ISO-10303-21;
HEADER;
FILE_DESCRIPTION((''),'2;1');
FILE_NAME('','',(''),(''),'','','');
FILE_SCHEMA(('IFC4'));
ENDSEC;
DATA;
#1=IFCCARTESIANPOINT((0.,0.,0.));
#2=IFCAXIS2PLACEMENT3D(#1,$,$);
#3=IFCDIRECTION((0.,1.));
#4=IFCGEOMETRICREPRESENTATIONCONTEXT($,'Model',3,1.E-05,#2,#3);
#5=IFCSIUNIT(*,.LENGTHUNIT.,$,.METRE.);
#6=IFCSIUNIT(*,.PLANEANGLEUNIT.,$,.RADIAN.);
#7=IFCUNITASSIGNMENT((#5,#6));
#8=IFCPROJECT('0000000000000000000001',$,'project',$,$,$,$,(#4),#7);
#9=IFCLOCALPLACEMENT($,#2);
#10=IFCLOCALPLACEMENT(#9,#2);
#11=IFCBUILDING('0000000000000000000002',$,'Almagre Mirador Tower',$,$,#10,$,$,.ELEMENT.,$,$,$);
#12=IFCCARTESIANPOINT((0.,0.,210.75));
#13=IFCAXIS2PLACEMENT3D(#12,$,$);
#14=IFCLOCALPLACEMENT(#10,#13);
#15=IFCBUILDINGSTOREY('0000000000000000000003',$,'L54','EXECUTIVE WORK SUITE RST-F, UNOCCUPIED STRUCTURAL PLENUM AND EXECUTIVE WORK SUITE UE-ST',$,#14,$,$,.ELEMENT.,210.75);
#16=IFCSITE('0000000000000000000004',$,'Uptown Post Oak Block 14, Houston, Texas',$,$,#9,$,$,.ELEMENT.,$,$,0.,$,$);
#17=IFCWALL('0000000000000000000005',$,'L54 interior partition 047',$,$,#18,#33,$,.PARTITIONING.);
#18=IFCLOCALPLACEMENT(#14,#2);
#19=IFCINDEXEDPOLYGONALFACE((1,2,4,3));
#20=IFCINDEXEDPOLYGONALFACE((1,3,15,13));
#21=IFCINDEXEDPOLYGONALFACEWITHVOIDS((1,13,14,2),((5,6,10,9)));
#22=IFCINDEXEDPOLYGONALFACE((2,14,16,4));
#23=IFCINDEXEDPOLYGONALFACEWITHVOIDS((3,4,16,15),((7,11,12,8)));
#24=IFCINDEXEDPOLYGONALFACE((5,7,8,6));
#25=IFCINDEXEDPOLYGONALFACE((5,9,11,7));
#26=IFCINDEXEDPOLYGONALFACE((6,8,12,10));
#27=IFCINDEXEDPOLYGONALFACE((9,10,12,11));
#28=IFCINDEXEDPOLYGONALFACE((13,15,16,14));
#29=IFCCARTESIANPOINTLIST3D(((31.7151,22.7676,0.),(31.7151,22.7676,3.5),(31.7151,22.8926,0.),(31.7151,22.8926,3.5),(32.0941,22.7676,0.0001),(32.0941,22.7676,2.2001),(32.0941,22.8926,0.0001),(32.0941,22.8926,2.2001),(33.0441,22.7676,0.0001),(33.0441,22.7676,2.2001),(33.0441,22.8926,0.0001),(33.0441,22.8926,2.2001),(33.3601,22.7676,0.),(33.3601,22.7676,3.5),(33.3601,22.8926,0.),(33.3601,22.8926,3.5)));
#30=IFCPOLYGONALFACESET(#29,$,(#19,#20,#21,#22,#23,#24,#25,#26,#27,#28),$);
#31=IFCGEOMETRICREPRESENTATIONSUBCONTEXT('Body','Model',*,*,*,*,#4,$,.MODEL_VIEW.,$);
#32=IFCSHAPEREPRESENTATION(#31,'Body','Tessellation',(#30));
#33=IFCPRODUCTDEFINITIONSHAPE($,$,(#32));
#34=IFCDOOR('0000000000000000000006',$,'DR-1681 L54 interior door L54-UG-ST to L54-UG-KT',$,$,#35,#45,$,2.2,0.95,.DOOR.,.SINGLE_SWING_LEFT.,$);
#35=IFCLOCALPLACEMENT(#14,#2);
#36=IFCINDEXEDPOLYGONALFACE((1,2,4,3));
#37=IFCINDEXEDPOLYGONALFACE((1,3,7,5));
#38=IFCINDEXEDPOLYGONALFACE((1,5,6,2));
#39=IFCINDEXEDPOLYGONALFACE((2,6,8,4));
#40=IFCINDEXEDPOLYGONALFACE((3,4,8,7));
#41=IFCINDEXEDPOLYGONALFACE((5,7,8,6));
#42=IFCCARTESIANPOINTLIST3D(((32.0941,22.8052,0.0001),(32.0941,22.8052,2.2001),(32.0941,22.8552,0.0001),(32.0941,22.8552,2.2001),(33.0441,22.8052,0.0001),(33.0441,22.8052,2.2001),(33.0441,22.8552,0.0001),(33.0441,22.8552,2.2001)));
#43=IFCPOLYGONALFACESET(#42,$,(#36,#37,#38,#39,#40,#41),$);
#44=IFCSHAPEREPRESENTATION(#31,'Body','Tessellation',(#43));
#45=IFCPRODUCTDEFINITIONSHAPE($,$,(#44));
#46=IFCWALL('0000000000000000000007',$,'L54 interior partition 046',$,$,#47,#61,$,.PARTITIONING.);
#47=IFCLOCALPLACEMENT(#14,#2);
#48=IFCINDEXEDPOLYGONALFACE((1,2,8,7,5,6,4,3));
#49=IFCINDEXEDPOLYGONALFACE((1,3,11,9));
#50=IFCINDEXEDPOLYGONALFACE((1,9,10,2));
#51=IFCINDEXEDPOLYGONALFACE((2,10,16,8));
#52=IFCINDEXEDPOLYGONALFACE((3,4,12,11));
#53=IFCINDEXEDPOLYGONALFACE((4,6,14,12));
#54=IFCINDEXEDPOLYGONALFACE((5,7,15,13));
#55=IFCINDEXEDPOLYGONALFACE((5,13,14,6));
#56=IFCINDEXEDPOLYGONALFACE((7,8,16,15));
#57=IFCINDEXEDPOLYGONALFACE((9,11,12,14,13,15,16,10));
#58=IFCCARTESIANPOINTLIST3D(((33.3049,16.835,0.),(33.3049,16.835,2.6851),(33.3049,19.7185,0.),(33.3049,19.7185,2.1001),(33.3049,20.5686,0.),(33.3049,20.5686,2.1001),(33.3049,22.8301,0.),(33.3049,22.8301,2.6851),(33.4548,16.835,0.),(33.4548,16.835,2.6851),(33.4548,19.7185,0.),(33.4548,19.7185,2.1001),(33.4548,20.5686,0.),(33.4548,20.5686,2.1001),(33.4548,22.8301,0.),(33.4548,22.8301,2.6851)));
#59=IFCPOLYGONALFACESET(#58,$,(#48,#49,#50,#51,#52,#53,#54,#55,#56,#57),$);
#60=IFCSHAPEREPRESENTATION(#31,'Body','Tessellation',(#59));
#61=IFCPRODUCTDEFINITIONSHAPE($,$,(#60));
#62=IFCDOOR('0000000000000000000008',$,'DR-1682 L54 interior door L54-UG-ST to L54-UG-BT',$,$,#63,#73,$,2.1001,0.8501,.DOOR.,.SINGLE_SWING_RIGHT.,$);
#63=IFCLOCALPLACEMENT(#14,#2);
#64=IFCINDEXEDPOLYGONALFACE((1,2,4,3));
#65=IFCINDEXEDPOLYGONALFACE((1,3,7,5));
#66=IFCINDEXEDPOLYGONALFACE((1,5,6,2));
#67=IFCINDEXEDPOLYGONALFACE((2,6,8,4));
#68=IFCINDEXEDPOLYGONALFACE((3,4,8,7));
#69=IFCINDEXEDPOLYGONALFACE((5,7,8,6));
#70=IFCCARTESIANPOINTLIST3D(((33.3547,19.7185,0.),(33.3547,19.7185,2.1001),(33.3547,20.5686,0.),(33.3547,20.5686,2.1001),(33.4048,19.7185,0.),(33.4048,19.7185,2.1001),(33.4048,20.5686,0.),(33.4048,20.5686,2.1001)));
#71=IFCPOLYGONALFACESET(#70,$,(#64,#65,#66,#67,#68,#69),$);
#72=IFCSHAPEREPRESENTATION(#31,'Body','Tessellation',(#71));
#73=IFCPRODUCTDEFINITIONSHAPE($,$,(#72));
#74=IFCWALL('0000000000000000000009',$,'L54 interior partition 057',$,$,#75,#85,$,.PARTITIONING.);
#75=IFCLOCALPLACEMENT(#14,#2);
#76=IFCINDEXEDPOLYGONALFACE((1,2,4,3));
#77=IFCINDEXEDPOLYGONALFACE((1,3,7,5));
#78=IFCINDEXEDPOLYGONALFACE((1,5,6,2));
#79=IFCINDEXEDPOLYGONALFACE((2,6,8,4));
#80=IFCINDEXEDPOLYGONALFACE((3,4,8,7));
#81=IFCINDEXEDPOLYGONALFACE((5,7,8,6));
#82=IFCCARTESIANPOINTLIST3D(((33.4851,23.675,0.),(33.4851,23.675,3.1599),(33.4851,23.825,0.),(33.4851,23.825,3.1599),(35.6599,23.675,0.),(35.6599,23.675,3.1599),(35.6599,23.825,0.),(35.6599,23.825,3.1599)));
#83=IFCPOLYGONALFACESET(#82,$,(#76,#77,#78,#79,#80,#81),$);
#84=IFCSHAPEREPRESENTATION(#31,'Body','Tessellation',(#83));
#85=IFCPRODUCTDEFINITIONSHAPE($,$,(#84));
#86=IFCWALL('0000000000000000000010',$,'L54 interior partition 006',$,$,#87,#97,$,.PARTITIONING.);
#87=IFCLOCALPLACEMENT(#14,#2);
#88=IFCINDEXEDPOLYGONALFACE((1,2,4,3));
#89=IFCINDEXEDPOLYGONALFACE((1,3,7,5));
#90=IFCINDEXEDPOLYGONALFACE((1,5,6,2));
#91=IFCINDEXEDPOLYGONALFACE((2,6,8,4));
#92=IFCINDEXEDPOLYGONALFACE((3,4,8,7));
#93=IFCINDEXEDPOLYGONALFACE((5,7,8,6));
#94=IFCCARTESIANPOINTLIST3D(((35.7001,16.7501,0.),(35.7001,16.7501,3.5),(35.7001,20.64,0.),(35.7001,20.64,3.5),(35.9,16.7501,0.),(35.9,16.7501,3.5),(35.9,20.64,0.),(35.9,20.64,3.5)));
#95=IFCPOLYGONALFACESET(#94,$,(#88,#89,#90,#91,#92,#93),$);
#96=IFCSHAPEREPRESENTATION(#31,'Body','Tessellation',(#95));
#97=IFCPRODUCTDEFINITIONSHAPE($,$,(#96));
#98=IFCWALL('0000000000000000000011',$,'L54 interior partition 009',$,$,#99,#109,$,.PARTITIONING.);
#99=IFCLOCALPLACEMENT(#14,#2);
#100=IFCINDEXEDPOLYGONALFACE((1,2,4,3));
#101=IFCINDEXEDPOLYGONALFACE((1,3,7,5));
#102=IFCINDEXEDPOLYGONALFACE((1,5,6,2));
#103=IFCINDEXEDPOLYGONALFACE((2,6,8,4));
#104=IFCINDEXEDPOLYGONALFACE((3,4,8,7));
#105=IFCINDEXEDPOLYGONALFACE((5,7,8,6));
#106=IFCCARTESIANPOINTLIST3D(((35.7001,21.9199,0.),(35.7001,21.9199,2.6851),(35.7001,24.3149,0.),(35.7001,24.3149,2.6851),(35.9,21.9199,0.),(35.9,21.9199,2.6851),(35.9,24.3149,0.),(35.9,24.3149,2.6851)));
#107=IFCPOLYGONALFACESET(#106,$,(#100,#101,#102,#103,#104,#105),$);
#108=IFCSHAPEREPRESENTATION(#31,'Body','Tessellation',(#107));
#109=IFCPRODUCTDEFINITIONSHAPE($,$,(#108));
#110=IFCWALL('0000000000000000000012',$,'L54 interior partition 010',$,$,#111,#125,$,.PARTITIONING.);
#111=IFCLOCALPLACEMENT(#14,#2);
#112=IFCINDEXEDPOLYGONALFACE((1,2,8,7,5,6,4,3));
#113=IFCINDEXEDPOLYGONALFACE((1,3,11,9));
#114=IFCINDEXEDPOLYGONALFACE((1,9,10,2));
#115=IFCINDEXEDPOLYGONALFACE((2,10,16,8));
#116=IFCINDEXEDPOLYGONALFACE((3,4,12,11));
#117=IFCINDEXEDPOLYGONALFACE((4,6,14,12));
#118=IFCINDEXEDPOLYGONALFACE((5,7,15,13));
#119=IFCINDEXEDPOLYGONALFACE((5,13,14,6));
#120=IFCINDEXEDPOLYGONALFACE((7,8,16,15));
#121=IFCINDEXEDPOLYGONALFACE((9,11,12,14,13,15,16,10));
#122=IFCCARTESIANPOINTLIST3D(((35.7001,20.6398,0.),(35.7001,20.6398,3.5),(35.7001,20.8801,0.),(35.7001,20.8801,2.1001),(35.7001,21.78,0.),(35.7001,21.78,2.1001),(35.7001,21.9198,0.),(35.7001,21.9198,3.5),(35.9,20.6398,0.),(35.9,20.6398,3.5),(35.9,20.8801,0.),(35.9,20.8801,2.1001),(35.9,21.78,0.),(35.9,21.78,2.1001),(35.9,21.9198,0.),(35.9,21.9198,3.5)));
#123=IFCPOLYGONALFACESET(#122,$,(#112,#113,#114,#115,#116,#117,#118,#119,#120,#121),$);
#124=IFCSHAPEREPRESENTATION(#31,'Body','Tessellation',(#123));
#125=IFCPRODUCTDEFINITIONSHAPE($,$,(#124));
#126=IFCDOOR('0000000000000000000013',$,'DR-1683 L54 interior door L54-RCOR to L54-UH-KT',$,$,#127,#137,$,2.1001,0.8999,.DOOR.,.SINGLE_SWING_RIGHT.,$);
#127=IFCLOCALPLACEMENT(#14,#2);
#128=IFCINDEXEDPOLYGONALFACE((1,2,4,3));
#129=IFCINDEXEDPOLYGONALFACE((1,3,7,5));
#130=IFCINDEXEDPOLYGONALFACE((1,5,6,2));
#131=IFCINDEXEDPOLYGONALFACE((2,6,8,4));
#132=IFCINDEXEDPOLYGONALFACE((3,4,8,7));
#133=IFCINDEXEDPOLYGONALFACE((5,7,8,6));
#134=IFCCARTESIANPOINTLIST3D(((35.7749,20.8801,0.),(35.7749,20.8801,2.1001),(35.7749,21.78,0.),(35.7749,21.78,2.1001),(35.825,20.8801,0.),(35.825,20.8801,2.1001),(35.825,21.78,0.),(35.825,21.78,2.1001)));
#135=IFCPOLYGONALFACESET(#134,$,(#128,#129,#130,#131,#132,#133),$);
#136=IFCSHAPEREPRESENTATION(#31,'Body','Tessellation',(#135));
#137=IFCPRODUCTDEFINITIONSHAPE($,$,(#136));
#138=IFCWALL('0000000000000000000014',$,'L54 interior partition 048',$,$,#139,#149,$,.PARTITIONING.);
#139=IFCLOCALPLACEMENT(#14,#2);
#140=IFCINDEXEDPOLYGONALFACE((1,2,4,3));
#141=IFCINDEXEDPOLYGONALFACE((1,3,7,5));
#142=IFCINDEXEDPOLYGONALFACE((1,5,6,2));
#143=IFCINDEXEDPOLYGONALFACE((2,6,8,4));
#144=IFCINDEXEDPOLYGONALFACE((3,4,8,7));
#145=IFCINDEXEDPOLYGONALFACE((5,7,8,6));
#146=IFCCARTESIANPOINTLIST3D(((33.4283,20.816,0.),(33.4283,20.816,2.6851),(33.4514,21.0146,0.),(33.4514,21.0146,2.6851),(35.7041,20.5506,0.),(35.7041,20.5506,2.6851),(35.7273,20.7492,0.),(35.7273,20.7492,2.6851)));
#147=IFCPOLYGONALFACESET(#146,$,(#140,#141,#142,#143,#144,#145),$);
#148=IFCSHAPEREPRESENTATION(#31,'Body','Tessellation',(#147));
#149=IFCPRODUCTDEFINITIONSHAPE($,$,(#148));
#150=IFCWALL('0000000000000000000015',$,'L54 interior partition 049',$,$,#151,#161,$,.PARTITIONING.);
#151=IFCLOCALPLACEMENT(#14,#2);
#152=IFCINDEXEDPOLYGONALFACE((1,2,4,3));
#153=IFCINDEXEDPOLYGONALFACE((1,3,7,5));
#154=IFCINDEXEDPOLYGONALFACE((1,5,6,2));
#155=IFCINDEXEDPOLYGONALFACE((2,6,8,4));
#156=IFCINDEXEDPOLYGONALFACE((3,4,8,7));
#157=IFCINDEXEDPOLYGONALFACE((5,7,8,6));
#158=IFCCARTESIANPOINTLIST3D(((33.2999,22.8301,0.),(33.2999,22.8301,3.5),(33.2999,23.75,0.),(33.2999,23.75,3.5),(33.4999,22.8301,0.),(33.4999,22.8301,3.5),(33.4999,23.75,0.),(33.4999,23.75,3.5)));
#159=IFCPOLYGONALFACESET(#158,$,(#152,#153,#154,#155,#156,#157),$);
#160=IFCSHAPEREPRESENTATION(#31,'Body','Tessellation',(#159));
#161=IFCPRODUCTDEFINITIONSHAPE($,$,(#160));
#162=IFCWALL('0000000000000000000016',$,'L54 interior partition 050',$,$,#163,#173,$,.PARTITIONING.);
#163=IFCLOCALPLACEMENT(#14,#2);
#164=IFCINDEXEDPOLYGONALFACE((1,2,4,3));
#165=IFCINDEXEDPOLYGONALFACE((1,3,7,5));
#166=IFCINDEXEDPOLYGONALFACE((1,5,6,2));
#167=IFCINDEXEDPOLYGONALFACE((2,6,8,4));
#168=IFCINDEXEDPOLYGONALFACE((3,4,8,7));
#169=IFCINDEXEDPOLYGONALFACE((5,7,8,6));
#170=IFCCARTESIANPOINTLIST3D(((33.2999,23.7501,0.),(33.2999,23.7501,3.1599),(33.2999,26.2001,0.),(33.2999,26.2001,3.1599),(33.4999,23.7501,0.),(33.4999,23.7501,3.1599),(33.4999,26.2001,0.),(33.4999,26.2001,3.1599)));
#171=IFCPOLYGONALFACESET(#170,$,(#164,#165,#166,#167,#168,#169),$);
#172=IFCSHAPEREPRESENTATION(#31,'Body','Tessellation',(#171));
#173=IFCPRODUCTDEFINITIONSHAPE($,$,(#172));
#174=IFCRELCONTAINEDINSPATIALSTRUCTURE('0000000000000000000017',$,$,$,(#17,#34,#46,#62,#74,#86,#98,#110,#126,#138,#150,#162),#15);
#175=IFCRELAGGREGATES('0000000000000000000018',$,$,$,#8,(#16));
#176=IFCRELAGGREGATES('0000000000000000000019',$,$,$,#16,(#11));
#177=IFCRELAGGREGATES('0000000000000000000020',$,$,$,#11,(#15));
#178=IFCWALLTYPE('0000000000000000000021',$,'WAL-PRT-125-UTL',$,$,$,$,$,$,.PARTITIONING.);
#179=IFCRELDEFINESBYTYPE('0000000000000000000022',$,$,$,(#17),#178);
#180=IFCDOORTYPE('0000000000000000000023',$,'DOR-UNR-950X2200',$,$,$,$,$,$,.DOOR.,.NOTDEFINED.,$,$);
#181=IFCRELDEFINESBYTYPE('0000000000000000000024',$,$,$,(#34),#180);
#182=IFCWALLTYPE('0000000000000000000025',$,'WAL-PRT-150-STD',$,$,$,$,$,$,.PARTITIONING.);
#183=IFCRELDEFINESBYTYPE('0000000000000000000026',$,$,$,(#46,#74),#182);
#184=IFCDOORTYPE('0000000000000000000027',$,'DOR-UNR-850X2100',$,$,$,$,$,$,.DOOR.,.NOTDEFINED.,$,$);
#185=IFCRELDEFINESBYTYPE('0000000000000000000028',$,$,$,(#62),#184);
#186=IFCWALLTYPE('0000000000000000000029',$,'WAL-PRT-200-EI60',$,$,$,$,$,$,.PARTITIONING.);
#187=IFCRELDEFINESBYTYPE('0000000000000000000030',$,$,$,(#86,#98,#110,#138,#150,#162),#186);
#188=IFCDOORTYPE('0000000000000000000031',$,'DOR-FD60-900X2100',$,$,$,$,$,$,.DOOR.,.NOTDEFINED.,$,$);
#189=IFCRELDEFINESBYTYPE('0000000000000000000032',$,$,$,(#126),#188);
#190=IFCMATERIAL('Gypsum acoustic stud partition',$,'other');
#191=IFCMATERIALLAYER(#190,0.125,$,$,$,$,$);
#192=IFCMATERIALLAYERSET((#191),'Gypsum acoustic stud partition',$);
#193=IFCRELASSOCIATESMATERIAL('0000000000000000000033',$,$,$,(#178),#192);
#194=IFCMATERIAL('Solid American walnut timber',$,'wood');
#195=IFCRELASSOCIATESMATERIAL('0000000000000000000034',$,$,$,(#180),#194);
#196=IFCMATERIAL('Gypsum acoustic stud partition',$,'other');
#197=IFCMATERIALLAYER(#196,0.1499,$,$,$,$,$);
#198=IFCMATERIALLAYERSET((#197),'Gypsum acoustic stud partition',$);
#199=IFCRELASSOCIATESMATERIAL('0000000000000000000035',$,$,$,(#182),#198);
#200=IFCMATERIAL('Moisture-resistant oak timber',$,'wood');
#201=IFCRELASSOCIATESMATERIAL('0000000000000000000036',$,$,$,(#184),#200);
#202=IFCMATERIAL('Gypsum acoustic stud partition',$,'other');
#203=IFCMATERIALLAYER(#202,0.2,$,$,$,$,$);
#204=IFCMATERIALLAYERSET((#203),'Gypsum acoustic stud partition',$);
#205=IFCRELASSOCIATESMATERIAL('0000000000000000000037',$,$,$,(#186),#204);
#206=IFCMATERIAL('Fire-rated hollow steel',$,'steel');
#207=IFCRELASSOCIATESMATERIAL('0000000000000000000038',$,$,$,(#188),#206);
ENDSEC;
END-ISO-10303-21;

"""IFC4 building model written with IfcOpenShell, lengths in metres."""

from ifc_helpers import new_model, si_unit, direction, frame, frame_2d, origin, place, context, subcontext, project, spatial, rectangle, extrude, material, layer, layer_set, type_object, element, fill, save


model = new_model("IFC4")

# Units and contexts
model_context = context("Model", 3, precision=1e-05, world=origin(), true_north=direction((0.0, 1.0)))
body_context = subcontext(model_context, "Body", "Model", "MODEL_VIEW")
ifc_project = project(units=[si_unit("LENGTHUNIT", "METRE"), si_unit("PLANEANGLEUNIT", "RADIAN")], contexts=[model_context])

# Site, building, storey
site_placement = place(None, origin())
site = spatial("IfcSite", under=ifc_project, at=site_placement, Name="Uptown Post Oak Block 14, Houston, Texas", CompositionType="ELEMENT", RefElevation=0.0)
building_placement = place(site_placement, origin())
building = spatial("IfcBuilding", under=site, at=building_placement, Name="Almagre Mirador Tower", CompositionType="ELEMENT")
storey_placement = place(building_placement, frame((0.0, 0.0, 210.75)))
storey = spatial("IfcBuildingStorey", under=building, at=storey_placement, Name="L54", Description="EXECUTIVE WORK SUITE RST-F, UNOCCUPIED STRUCTURAL PLENUM AND EXECUTIVE WORK SUITE UE-ST", CompositionType="ELEMENT", Elevation=210.75)

# Walls, openings, doors
ifc_material_1 = material(Name="Gypsum acoustic stud partition", Category="other")
ifc_layer_1 = layer(ifc_material_1, 0.125)
ifc_layer_set_1 = layer_set([ifc_layer_1], Name="Gypsum acoustic stud partition")
wall_type_1 = type_object("IfcWallType", Name="WAL-PRT-125-UTL", PredefinedType="PARTITIONING", material=ifc_layer_set_1)
wall_1_placement = place(storey_placement, frame((33.3601, 22.8301, 0.0), z_axis=(0.0, 0.0, 1.0), x_axis=(-1.0, 0.0, 0.0)))
wall_1 = element("IfcWall", 1, at=wall_1_placement, inside=storey, type_object=wall_type_1, Name="L54 interior partition 047", PredefinedType="PARTITIONING", context=body_context, shape_type="SweptSolid", body=[
    extrude(rectangle(XDim=1.645, YDim=0.125, at=frame_2d((0.8225, 0.0))), origin(), (0.0, 0.0, 1.0), 3.5),
])
opening_1_placement = place(wall_1_placement, frame((0.3159, 0.0, 0.0)))
opening_1 = element("IfcOpeningElement", 2, at=opening_1_placement, cuts=wall_1, PredefinedType="OPENING", context=body_context, shape_type="SweptSolid", body=[
    extrude(rectangle(XDim=0.95, YDim=2.2, at=frame_2d((0.4751, 1.1001))), frame((0.0, 0.0725, 0.0), z_axis=(0.0, -1.0, 0.0), x_axis=(1.0, 0.0, 0.0)), (0.0, 0.0, 1.0), 0.145),
])
ifc_material_2 = material(Name="Solid American walnut timber", Category="wood")
door_type_1 = type_object("IfcDoorType", Name="DOR-UNR-950X2200", OperationType="NOTDEFINED", PredefinedType="DOOR", material=ifc_material_2)
door_1_placement = place(opening_1_placement, origin())
door_1 = element("IfcDoor", 3, at=door_1_placement, inside=storey, type_object=door_type_1, Name="DR-1681 L54 interior door L54-UG-ST to L54-UG-KT", OperationType="SINGLE_SWING_LEFT", OverallHeight=2.2, OverallWidth=0.95, PredefinedType="DOOR", context=body_context, shape_type="SweptSolid", body=[
    extrude(rectangle(XDim=0.95, YDim=2.2, at=frame_2d((0.4751, 1.1001))), frame((0.0, 0.0249, 0.0), z_axis=(0.0, -1.0, 0.0), x_axis=(1.0, 0.0, 0.0)), (0.0, 0.0, 1.0), 0.05),
])
fill(opening_1, door_1)
ifc_material_3 = material(Name="Gypsum acoustic stud partition", Category="other")
ifc_layer_2 = layer(ifc_material_3, 0.1499)
ifc_layer_set_2 = layer_set([ifc_layer_2], Name="Gypsum acoustic stud partition")
wall_type_2 = type_object("IfcWallType", Name="WAL-PRT-150-STD", PredefinedType="PARTITIONING", material=ifc_layer_set_2)
wall_2_placement = place(storey_placement, frame((33.3799, 22.8301, 0.0), z_axis=(0.0, 0.0, 1.0), x_axis=(0.0, -1.0, 0.0)))
wall_2 = element("IfcWall", 4, at=wall_2_placement, inside=storey, type_object=wall_type_2, Name="L54 interior partition 046", PredefinedType="PARTITIONING", context=body_context, shape_type="SweptSolid", body=[
    extrude(rectangle(XDim=5.9951, YDim=0.1499, at=frame_2d((2.9976, 0.0))), origin(), (0.0, 0.0, 1.0), 2.6851),
])
opening_2_placement = place(wall_2_placement, frame((2.2615, 0.0, 0.0)))
opening_2 = element("IfcOpeningElement", 5, at=opening_2_placement, cuts=wall_2, PredefinedType="OPENING", context=body_context, shape_type="SweptSolid", body=[
    extrude(rectangle(XDim=0.8501, YDim=2.1001, at=frame_2d((0.425, 1.05))), frame((0.0, 0.085, 0.0), z_axis=(0.0, -1.0, 0.0), x_axis=(1.0, 0.0, 0.0)), (0.0, 0.0, 1.0), 0.1699),
])
ifc_material_4 = material(Name="Moisture-resistant oak timber", Category="wood")
door_type_2 = type_object("IfcDoorType", Name="DOR-UNR-850X2100", OperationType="NOTDEFINED", PredefinedType="DOOR", material=ifc_material_4)
door_2_placement = place(opening_2_placement, origin())
door_2 = element("IfcDoor", 6, at=door_2_placement, inside=storey, type_object=door_type_2, Name="DR-1682 L54 interior door L54-UG-ST to L54-UG-BT", OperationType="SINGLE_SWING_RIGHT", OverallHeight=2.1001, OverallWidth=0.8501, PredefinedType="DOOR", context=body_context, shape_type="SweptSolid", body=[
    extrude(rectangle(XDim=0.8501, YDim=2.1001, at=frame_2d((0.425, 1.05))), frame((0.0, 0.0249, 0.0), z_axis=(0.0, -1.0, 0.0), x_axis=(1.0, 0.0, 0.0)), (0.0, 0.0, 1.0), 0.05),
])
fill(opening_2, door_2)

# Walls
wall_3_placement = place(storey_placement, frame((35.6599, 23.75, 0.0), z_axis=(0.0, 0.0, 1.0), x_axis=(-1.0, 0.0, 0.0)))
element("IfcWall", 7, at=wall_3_placement, inside=storey, type_object=wall_type_2, Name="L54 interior partition 057", PredefinedType="PARTITIONING", context=body_context, shape_type="SweptSolid", body=[
    extrude(rectangle(XDim=2.1748, YDim=0.1499, at=frame_2d((1.0874, 0.0))), origin(), (0.0, 0.0, 1.0), 3.1599),
])
ifc_material_5 = material(Name="Gypsum acoustic stud partition", Category="other")
ifc_layer_3 = layer(ifc_material_5, 0.2)
ifc_layer_set_3 = layer_set([ifc_layer_3], Name="Gypsum acoustic stud partition")
wall_type_3 = type_object("IfcWallType", Name="WAL-PRT-200-EI60", PredefinedType="PARTITIONING", material=ifc_layer_set_3)
wall_4_placement = place(storey_placement, frame((35.8, 20.6399, 0.0), z_axis=(0.0, 0.0, 1.0), x_axis=(0.0, -1.0, 0.0)))
element("IfcWall", 8, at=wall_4_placement, inside=storey, type_object=wall_type_3, Name="L54 interior partition 006", PredefinedType="PARTITIONING", context=body_context, shape_type="SweptSolid", body=[
    extrude(rectangle(XDim=3.8899, YDim=0.2, at=frame_2d((1.9448, 0.0))), origin(), (0.0, 0.0, 1.0), 3.5),
])
wall_5_placement = place(storey_placement, frame((35.8, 24.3149, 0.0), z_axis=(0.0, 0.0, 1.0), x_axis=(0.0, -1.0, 0.0)))
element("IfcWall", 9, at=wall_5_placement, inside=storey, type_object=wall_type_3, Name="L54 interior partition 009", PredefinedType="PARTITIONING", context=body_context, shape_type="SweptSolid", body=[
    extrude(rectangle(XDim=2.395, YDim=0.2, at=frame_2d((1.1975, 0.0))), origin(), (0.0, 0.0, 1.0), 2.6851),
])

# Wall, opening, door
wall_6_placement = place(storey_placement, frame((35.8, 21.9199, 0.0), z_axis=(0.0, 0.0, 1.0), x_axis=(0.0, -1.0, 0.0)))
wall_6 = element("IfcWall", 10, at=wall_6_placement, inside=storey, type_object=wall_type_3, Name="L54 interior partition 010", PredefinedType="PARTITIONING", context=body_context, shape_type="SweptSolid", body=[
    extrude(rectangle(XDim=1.28, YDim=0.2, at=frame_2d((0.6401, 0.0))), origin(), (0.0, 0.0, 1.0), 3.5),
])
opening_3_placement = place(wall_6_placement, frame((0.1399, 0.0, 0.0)))
opening_3 = element("IfcOpeningElement", 11, at=opening_3_placement, cuts=wall_6, PredefinedType="OPENING", context=body_context, shape_type="SweptSolid", body=[
    extrude(rectangle(XDim=0.8999, YDim=2.1001, at=frame_2d((0.45, 1.05))), frame((0.0, 0.1101, 0.0), z_axis=(0.0, -1.0, 0.0), x_axis=(1.0, 0.0, 0.0)), (0.0, 0.0, 1.0), 0.22),
])
ifc_material_6 = material(Name="Fire-rated hollow steel", Category="steel")
door_type_3 = type_object("IfcDoorType", Name="DOR-FD60-900X2100", OperationType="NOTDEFINED", PredefinedType="DOOR", material=ifc_material_6)
door_3_placement = place(opening_3_placement, origin())
door_3 = element("IfcDoor", 12, at=door_3_placement, inside=storey, type_object=door_type_3, Name="DR-1683 L54 interior door L54-RCOR to L54-UH-KT", OperationType="SINGLE_SWING_RIGHT", OverallHeight=2.1001, OverallWidth=0.8999, PredefinedType="DOOR", context=body_context, shape_type="SweptSolid", body=[
    extrude(rectangle(XDim=0.8999, YDim=2.1001, at=frame_2d((0.45, 1.05))), frame((0.0, 0.0249, 0.0), z_axis=(0.0, -1.0, 0.0), x_axis=(1.0, 0.0, 0.0)), (0.0, 0.0, 1.0), 0.05),
])
fill(opening_3, door_3)

# Walls
wall_7_placement = place(storey_placement, frame((35.7156, 20.6499, 0.0), z_axis=(0.0, 0.0, 1.0), x_axis=(-0.99327, 0.115821, 0.0)))
element("IfcWall", 13, at=wall_7_placement, inside=storey, type_object=wall_type_3, Name="L54 interior partition 048", PredefinedType="PARTITIONING", context=body_context, shape_type="SweptSolid", body=[
    extrude(rectangle(XDim=2.2913, YDim=0.2, at=frame_2d((1.1455, 0.0))), origin(), (0.0, 0.0, 1.0), 2.6851),
])
wall_8_placement = place(storey_placement, frame((33.3999, 22.8301, 0.0), z_axis=(0.0, 0.0, 1.0), x_axis=(0.0, 1.0, 0.0)))
element("IfcWall", 14, at=wall_8_placement, inside=storey, type_object=wall_type_3, Name="L54 interior partition 049", PredefinedType="PARTITIONING", context=body_context, shape_type="SweptSolid", body=[
    extrude(rectangle(XDim=0.9199, YDim=0.2, at=frame_2d((0.46, 0.0))), origin(), (0.0, 0.0, 1.0), 3.5),
])
wall_9_placement = place(storey_placement, frame((33.3999, 23.75, 0.0), z_axis=(0.0, 0.0, 1.0), x_axis=(0.0, 1.0, 0.0)))
element("IfcWall", 15, at=wall_9_placement, inside=storey, type_object=wall_type_3, Name="L54 interior partition 050", PredefinedType="PARTITIONING", context=body_context, shape_type="SweptSolid", body=[
    extrude(rectangle(XDim=2.45, YDim=0.2, at=frame_2d((1.2251, 0.0))), origin(), (0.0, 0.0, 1.0), 3.1599),
])

save(model, "model.ifc")
